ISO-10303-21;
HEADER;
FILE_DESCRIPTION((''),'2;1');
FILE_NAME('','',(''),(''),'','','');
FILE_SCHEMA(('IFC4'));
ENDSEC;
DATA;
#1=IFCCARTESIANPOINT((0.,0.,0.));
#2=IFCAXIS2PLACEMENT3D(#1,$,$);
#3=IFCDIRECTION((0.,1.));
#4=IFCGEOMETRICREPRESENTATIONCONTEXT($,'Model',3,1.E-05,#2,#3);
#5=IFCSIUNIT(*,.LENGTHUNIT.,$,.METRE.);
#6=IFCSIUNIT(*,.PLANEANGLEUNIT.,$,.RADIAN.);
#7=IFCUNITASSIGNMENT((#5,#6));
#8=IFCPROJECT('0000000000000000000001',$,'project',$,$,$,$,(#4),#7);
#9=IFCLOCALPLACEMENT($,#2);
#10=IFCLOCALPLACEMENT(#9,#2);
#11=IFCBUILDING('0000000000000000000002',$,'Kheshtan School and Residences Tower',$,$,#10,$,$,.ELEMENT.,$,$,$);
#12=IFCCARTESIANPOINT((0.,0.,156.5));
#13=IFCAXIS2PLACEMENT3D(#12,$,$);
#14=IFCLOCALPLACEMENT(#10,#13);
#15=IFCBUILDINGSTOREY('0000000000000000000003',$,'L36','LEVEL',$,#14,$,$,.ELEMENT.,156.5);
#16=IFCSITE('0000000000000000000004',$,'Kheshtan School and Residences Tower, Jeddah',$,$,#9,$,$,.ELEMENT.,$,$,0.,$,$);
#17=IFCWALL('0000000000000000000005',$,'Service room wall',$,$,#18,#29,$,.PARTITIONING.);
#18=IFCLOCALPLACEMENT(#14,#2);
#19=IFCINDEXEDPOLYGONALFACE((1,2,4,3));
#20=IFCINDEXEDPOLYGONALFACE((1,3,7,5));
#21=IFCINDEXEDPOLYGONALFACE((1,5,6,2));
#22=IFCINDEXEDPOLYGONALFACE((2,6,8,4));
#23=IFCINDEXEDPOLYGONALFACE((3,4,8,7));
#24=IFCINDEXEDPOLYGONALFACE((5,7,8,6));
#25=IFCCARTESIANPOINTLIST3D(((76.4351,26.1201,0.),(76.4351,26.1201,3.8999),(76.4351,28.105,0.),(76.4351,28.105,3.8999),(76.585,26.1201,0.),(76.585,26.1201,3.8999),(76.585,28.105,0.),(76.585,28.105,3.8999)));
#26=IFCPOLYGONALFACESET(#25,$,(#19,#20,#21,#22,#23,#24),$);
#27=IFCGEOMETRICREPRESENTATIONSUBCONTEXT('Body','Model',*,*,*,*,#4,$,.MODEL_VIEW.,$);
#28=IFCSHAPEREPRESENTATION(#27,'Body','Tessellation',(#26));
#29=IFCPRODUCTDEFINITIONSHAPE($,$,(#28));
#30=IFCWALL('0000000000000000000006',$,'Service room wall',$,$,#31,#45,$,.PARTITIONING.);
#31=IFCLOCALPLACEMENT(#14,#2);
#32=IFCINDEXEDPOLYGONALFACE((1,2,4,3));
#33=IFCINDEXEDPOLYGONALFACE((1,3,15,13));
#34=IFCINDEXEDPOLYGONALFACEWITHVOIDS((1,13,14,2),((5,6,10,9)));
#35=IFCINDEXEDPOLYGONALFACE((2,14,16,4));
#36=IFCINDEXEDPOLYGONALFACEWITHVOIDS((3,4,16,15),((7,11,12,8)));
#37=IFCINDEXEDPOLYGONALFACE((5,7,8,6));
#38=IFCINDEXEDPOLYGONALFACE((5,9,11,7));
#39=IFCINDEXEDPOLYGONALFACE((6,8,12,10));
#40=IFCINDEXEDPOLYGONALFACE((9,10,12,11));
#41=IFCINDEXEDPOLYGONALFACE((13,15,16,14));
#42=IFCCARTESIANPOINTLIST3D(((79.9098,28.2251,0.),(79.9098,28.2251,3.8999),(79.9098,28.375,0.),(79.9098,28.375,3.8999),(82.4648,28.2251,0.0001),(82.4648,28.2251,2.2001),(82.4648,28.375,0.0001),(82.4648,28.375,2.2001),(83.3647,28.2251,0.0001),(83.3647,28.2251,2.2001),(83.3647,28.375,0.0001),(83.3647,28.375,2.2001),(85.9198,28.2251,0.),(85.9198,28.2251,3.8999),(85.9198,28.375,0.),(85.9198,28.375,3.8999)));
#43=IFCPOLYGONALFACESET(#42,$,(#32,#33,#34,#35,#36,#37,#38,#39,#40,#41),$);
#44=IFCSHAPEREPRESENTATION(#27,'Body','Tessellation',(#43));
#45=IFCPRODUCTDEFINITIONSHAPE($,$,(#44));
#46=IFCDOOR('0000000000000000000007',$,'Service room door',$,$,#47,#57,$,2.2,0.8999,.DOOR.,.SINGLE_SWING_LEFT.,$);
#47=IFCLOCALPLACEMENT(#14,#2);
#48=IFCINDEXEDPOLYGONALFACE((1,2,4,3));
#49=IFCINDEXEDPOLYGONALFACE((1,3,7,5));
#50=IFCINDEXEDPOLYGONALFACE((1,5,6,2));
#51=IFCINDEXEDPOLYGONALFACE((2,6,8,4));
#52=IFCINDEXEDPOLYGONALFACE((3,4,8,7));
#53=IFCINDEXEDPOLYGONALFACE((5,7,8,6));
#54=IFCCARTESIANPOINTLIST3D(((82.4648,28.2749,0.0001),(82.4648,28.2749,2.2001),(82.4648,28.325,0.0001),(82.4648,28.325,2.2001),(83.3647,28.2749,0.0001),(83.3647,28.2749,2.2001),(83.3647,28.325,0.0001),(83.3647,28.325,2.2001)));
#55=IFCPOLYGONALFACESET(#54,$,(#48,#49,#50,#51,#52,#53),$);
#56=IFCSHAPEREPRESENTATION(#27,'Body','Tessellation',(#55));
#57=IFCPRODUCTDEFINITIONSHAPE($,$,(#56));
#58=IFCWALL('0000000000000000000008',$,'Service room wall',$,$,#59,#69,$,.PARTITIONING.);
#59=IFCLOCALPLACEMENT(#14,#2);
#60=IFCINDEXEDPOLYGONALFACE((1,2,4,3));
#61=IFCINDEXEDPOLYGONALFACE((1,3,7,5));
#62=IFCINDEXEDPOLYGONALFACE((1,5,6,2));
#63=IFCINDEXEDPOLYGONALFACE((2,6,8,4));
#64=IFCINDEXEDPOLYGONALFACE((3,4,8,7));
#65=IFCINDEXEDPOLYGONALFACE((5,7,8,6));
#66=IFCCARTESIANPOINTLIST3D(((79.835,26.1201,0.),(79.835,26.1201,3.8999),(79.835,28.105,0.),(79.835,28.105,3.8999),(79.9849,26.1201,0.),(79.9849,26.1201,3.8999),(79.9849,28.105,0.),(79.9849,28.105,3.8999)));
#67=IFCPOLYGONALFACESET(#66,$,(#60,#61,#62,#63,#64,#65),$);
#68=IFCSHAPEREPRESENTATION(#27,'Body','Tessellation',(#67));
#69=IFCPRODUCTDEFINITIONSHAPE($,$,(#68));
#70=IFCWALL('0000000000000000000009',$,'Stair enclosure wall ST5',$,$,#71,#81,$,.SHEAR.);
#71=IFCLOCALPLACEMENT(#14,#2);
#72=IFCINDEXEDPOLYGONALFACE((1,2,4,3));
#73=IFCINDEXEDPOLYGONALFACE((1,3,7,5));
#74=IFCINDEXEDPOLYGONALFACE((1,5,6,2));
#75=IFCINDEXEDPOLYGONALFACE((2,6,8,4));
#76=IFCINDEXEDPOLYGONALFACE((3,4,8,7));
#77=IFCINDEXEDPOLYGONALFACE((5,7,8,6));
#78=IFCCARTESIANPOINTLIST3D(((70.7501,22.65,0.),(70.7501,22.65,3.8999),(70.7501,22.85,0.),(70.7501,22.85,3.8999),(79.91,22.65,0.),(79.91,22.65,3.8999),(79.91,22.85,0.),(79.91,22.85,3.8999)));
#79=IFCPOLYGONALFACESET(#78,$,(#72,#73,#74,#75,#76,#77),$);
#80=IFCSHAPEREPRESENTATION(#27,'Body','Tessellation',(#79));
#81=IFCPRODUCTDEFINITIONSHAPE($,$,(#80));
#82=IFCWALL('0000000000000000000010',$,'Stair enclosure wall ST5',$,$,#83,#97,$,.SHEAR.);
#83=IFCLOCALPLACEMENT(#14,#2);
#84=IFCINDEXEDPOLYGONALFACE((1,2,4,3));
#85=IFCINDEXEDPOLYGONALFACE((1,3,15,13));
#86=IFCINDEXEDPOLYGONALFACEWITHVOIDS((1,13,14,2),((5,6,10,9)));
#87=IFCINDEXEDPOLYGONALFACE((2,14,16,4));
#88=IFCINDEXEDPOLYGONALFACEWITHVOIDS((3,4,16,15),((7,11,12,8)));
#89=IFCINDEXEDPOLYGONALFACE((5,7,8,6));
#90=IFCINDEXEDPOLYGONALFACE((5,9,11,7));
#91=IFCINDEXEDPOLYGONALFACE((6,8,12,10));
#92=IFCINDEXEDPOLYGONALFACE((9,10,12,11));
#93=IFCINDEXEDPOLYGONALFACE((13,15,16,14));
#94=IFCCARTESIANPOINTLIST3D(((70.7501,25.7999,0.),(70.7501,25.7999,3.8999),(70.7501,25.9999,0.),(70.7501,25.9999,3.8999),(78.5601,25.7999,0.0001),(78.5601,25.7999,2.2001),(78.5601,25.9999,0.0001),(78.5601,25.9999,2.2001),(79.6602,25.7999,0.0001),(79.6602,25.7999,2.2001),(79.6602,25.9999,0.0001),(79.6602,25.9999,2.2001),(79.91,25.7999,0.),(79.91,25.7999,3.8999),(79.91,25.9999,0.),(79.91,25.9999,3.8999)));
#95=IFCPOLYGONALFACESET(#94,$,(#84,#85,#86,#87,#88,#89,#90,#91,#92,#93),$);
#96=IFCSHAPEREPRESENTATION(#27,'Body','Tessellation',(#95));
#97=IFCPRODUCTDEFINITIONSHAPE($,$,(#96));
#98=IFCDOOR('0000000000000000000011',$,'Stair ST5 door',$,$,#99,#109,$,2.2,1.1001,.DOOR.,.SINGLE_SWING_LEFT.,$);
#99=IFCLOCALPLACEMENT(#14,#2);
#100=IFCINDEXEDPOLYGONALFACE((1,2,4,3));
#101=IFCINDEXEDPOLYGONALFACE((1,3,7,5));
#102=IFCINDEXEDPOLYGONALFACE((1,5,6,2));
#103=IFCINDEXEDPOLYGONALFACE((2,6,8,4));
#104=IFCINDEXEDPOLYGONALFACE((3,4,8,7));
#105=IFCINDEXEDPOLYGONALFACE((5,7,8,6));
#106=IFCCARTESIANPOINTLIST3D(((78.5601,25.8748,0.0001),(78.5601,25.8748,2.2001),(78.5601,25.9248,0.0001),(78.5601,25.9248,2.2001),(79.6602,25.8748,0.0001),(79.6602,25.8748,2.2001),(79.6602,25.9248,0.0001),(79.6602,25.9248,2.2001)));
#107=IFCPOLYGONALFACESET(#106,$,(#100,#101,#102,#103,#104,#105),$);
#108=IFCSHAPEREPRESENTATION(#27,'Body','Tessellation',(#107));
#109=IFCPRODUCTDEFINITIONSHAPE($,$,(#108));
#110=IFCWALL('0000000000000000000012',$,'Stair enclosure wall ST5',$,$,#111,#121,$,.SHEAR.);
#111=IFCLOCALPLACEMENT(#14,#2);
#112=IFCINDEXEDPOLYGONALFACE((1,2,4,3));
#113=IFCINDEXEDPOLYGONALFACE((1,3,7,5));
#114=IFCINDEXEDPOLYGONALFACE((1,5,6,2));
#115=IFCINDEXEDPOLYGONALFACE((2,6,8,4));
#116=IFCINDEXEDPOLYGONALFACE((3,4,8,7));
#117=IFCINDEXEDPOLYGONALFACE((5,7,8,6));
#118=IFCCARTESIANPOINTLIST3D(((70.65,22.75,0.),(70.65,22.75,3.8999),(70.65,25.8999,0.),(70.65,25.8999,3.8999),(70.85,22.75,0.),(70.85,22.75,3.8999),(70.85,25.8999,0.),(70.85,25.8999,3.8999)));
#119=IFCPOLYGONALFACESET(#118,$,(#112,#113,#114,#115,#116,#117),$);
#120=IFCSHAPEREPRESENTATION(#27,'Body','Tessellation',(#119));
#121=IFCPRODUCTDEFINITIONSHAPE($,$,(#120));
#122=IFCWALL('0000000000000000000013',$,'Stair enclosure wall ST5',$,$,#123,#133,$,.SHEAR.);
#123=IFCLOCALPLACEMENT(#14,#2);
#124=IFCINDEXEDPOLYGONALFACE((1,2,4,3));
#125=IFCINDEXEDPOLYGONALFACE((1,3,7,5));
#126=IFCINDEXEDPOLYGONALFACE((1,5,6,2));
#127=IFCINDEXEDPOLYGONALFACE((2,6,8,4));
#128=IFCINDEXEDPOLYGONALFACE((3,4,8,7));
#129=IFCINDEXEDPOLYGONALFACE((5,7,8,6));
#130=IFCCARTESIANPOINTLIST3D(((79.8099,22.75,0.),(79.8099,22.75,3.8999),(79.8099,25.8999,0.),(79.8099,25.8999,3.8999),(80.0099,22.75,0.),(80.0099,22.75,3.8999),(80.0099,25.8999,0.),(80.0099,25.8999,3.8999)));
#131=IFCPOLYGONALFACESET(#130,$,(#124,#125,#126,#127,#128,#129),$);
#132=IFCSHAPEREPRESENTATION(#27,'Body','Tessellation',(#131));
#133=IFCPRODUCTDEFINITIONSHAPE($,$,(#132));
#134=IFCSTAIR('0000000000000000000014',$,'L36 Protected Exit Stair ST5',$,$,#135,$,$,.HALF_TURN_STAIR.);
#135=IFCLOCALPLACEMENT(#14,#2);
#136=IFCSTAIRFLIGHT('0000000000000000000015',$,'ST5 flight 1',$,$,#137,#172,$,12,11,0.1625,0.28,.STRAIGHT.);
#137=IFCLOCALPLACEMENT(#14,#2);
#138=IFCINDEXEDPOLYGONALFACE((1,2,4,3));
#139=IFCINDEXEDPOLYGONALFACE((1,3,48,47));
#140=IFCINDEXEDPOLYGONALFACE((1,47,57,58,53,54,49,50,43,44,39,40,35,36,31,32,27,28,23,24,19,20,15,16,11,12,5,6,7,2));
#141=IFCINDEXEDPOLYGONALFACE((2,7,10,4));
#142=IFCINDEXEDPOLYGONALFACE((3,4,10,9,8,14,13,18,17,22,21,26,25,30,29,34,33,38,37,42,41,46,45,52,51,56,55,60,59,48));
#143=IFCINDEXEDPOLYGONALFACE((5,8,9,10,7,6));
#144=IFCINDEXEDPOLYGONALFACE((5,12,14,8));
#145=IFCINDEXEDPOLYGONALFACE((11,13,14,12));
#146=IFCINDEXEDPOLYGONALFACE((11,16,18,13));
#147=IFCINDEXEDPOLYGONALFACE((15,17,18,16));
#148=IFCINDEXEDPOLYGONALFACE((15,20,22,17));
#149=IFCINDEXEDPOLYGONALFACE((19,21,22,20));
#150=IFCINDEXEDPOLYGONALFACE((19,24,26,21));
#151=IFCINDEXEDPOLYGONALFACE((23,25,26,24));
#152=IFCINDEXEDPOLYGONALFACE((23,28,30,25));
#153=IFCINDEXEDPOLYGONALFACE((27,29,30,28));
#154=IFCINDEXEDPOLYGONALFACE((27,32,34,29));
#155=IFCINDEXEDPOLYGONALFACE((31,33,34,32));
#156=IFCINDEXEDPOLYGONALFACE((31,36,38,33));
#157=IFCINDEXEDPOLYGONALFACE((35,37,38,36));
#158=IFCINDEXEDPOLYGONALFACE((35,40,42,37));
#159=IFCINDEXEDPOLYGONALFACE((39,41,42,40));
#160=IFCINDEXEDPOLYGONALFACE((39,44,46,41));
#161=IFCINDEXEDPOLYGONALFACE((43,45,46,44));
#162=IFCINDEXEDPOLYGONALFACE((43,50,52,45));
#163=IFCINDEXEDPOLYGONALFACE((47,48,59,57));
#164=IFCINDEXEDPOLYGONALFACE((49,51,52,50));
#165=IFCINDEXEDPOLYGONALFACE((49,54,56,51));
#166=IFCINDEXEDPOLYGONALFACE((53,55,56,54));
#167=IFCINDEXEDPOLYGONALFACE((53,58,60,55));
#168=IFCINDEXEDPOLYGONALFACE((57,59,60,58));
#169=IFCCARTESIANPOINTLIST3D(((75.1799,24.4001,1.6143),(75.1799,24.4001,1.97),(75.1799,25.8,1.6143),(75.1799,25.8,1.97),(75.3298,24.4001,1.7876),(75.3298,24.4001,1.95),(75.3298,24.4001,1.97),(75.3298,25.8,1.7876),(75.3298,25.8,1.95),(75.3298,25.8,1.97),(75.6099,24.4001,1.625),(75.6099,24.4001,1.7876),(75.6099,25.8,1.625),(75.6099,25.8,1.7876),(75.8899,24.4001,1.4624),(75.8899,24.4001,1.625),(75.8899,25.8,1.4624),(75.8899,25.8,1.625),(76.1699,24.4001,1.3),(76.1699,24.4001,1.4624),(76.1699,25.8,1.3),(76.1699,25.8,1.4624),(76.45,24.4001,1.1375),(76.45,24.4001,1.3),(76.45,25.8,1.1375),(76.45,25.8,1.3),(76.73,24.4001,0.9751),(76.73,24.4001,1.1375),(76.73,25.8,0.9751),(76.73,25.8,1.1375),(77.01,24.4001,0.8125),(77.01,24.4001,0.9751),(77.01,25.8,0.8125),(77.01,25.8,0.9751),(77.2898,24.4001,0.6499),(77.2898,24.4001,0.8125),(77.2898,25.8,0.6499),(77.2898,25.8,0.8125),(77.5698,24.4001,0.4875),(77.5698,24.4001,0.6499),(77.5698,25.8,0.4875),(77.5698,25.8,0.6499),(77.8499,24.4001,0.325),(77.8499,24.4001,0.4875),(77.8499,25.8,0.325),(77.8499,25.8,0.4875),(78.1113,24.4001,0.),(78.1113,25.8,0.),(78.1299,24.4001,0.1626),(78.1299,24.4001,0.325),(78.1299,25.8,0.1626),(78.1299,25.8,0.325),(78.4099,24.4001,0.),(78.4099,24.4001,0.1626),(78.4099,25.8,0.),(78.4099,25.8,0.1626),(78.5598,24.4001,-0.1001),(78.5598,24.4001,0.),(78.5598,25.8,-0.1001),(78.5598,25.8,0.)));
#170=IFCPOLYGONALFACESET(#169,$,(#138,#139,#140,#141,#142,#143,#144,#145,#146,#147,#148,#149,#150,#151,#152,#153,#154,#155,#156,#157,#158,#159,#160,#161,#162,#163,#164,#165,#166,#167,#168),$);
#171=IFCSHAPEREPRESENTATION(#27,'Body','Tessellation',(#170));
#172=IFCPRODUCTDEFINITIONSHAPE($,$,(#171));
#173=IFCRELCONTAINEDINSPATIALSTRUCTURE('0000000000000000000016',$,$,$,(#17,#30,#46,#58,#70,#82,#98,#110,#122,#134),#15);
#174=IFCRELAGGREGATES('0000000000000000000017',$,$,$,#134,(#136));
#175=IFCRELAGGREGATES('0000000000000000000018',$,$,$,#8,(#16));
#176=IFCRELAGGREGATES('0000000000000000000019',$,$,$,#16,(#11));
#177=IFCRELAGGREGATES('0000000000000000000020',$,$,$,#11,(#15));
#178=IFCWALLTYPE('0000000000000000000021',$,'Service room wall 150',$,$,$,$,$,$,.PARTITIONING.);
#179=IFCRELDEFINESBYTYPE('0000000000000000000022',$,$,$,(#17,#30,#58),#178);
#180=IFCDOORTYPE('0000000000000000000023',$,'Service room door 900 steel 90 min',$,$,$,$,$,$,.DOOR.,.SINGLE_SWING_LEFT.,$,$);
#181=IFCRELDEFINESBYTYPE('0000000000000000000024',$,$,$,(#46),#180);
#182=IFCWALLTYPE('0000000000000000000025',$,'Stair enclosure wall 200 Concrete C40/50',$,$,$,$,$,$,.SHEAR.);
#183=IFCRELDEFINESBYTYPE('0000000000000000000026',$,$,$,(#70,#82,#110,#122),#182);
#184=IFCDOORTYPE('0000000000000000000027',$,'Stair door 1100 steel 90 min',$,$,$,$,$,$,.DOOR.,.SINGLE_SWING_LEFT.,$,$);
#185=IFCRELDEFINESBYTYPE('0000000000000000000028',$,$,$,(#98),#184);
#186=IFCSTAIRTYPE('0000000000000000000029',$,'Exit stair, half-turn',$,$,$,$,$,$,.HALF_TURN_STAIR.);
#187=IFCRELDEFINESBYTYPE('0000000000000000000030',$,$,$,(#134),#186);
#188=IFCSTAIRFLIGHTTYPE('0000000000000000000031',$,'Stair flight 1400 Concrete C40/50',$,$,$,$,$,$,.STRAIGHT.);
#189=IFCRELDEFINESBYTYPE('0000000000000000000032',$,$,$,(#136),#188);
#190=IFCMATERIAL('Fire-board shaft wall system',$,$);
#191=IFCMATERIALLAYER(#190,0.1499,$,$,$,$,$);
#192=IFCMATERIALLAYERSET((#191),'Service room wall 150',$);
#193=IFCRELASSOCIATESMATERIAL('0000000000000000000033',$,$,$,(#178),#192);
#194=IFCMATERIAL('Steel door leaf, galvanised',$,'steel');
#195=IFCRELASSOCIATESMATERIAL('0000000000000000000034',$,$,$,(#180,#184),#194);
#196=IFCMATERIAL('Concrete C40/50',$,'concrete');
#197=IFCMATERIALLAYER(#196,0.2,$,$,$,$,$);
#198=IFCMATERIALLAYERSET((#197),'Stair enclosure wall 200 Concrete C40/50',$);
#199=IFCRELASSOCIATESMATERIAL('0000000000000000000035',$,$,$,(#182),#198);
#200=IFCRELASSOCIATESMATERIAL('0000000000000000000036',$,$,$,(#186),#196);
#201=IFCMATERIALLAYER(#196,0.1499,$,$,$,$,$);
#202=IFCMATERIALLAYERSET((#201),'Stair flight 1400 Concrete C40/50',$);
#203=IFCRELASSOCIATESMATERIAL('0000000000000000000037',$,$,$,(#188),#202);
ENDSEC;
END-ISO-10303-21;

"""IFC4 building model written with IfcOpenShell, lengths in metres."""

from ifc_helpers import new_model, si_unit, direction, frame, frame_2d, origin, place, context, subcontext, project, spatial, polyline, rectangle, outline, extrude, source, transform, mapped, material, layer, layer_set, type_object, element, fill, aggregate, save


model = new_model("IFC4")

# Units and contexts
model_context = context("Model", 3, precision=1e-05, world=origin(), true_north=direction((0.0, 1.0)))
body_context = subcontext(model_context, "Body", "Model", "MODEL_VIEW")
ifc_project = project(units=[si_unit("LENGTHUNIT", "METRE"), si_unit("PLANEANGLEUNIT", "RADIAN")], contexts=[model_context])

# Site, building, storey
site_placement = place(None, origin())
site = spatial("IfcSite", under=ifc_project, at=site_placement, Name="Kheshtan School and Residences Tower, Jeddah", CompositionType="ELEMENT", RefElevation=0.0)
building_placement = place(site_placement, origin())
building = spatial("IfcBuilding", under=site, at=building_placement, Name="Kheshtan School and Residences Tower", CompositionType="ELEMENT")
storey_placement = place(building_placement, frame((0.0, 0.0, 156.5)))
storey = spatial("IfcBuildingStorey", under=building, at=storey_placement, Name="L36", Description="LEVEL", CompositionType="ELEMENT", Elevation=156.5)

# Shared definitions
ifc_material_1 = material(Name="Fire-board shaft wall system")
ifc_layer_1 = layer(ifc_material_1, 0.1499)
ifc_layer_set_1 = layer_set([ifc_layer_1], Name="Service room wall 150")
wall_type_1 = type_object("IfcWallType", Name="Service room wall 150", PredefinedType="PARTITIONING", material=ifc_layer_set_1)
ifc_material_2 = material(Name="Steel door leaf, galvanised", Category="steel")
door_type_1 = type_object("IfcDoorType", Name="Service room door 900 steel 90 min", OperationType="SINGLE_SWING_LEFT", PredefinedType="DOOR", material=ifc_material_2)
shared_shape_1 = source(origin(), body_context, "Body", "SweptSolid", [
    extrude(rectangle(XDim=0.8999, YDim=2.2, at=frame_2d((0.45, 1.1001))), frame((0.0, 0.0249, 0.0), z_axis=(0.0, -1.0, 0.0), x_axis=(1.0, 0.0, 0.0)), (0.0, 0.0, 1.0), 0.05),
])

# Wall
for number, where, z_axis, x_axis, name in (
    (1, (76.51, 26.1201, 0.0), (0.0, 0.0, 1.0), (0.0, 1.0, 0.0), "Service room wall"),
):
    element("IfcWall", number, at=place(storey_placement, frame(where, z_axis=z_axis, x_axis=x_axis)), inside=storey, type_object=wall_type_1, Name=name, PredefinedType="PARTITIONING", context=body_context, shape_type="SweptSolid", body=[
        extrude(rectangle(XDim=1.9849, YDim=0.1499, at=frame_2d((0.9924, 0.0))), origin(), (0.0, 0.0, 1.0), 3.8999),
    ])

# Wall, opening, door
wall_1_placement = place(storey_placement, frame((79.9099, 28.3, 0.0), z_axis=(0.0, 0.0, 1.0), x_axis=(1.0, 0.0, 0.0)))
wall_1 = element("IfcWall", 2, at=wall_1_placement, inside=storey, type_object=wall_type_1, Name="Service room wall", PredefinedType="PARTITIONING", context=body_context, shape_type="SweptSolid", body=[
    extrude(rectangle(XDim=6.01, YDim=0.1499, at=frame_2d((3.0049, 0.0))), origin(), (0.0, 0.0, 1.0), 3.8999),
])
opening_1_placement = place(wall_1_placement, frame((2.5549, 0.0, 0.0)))
opening_1 = element("IfcOpeningElement", 3, at=opening_1_placement, cuts=wall_1, PredefinedType="OPENING", context=body_context, shape_type="SweptSolid", body=[
    extrude(rectangle(XDim=0.8999, YDim=2.2, at=frame_2d((0.45, 1.1001))), frame((0.0, 0.085, 0.0), z_axis=(0.0, -1.0, 0.0), x_axis=(1.0, 0.0, 0.0)), (0.0, 0.0, 1.0), 0.1699),
])
door_1_placement = place(opening_1_placement, origin())
door_1 = element("IfcDoor", 4, at=door_1_placement, inside=storey, type_object=door_type_1, Name="Service room door", OperationType="SINGLE_SWING_LEFT", OverallHeight=2.2, OverallWidth=0.8999, PredefinedType="DOOR", context=body_context, shape_type="MappedRepresentation", body=[
    mapped(shared_shape_1, transform((0.0, 0.0, 0.0), x_axis=(1.0, 0.0, 0.0), y_axis=(0.0, 1.0, 0.0), z_axis=(0.0, 0.0, 1.0), scale=1.0)),
])
fill(opening_1, door_1)

# Walls
wall_2_placement = place(storey_placement, frame((79.9099, 26.1201, 0.0), z_axis=(0.0, 0.0, 1.0), x_axis=(0.0, 1.0, 0.0)))
element("IfcWall", 5, at=wall_2_placement, inside=storey, type_object=wall_type_1, Name="Service room wall", PredefinedType="PARTITIONING", context=body_context, shape_type="SweptSolid", body=[
    extrude(rectangle(XDim=1.9849, YDim=0.1499, at=frame_2d((0.9924, 0.0))), origin(), (0.0, 0.0, 1.0), 3.8999),
])
ifc_material_3 = material(Name="Concrete C40/50", Category="concrete")
ifc_layer_2 = layer(ifc_material_3, 0.2)
ifc_layer_set_2 = layer_set([ifc_layer_2], Name="Stair enclosure wall 200 Concrete C40/50")
wall_type_2 = type_object("IfcWallType", Name="Stair enclosure wall 200 Concrete C40/50", PredefinedType="SHEAR", material=ifc_layer_set_2)
wall_3_placement = place(storey_placement, frame((70.75, 22.75, 0.0), z_axis=(0.0, 0.0, 1.0), x_axis=(1.0, 0.0, 0.0)))
element("IfcWall", 6, at=wall_3_placement, inside=storey, type_object=wall_type_2, Name="Stair enclosure wall ST5", PredefinedType="SHEAR", context=body_context, shape_type="SweptSolid", body=[
    extrude(rectangle(XDim=9.1599, YDim=0.2, at=frame_2d((4.5801, 0.0))), origin(), (0.0, 0.0, 1.0), 3.8999),
])

# Wall, opening, door
wall_4_placement = place(storey_placement, frame((70.75, 25.8999, 0.0), z_axis=(0.0, 0.0, 1.0), x_axis=(1.0, 0.0, 0.0)))
wall_4 = element("IfcWall", 7, at=wall_4_placement, inside=storey, type_object=wall_type_2, Name="Stair enclosure wall ST5", PredefinedType="SHEAR", context=body_context, shape_type="SweptSolid", body=[
    extrude(rectangle(XDim=9.1599, YDim=0.2, at=frame_2d((4.5801, 0.0))), origin(), (0.0, 0.0, 1.0), 3.8999),
])
opening_2_placement = place(wall_4_placement, frame((7.8101, 0.0, 0.0)))
opening_2 = element("IfcOpeningElement", 8, at=opening_2_placement, cuts=wall_4, PredefinedType="OPENING", context=body_context, shape_type="SweptSolid", body=[
    extrude(rectangle(XDim=1.1001, YDim=2.2, at=frame_2d((0.55, 1.1001))), frame((0.0, 0.1099, 0.0), z_axis=(0.0, -1.0, 0.0), x_axis=(1.0, 0.0, 0.0)), (0.0, 0.0, 1.0), 0.22),
])
door_type_2 = type_object("IfcDoorType", Name="Stair door 1100 steel 90 min", OperationType="SINGLE_SWING_LEFT", PredefinedType="DOOR", material=ifc_material_2)
shared_shape_2 = source(origin(), body_context, "Body", "SweptSolid", [
    extrude(rectangle(XDim=1.1001, YDim=2.2, at=frame_2d((0.55, 1.1001))), frame((0.0, 0.0249, 0.0), z_axis=(0.0, -1.0, 0.0), x_axis=(1.0, 0.0, 0.0)), (0.0, 0.0, 1.0), 0.05),
])
door_2_placement = place(opening_2_placement, origin())
door_2 = element("IfcDoor", 9, at=door_2_placement, inside=storey, type_object=door_type_2, Name="Stair ST5 door", OperationType="SINGLE_SWING_LEFT", OverallHeight=2.2, OverallWidth=1.1001, PredefinedType="DOOR", context=body_context, shape_type="MappedRepresentation", body=[
    mapped(shared_shape_2, transform((0.0, 0.0, 0.0), x_axis=(1.0, 0.0, 0.0), y_axis=(0.0, 1.0, 0.0), z_axis=(0.0, 0.0, 1.0), scale=1.0)),
])
fill(opening_2, door_2)

# Walls
for number, where, z_axis, x_axis, name in (
    (10, (70.75, 22.75, 0.0), (0.0, 0.0, 1.0), (0.0, 1.0, 0.0), "Stair enclosure wall ST5"),
    (11, (79.9099, 22.75, 0.0), (0.0, 0.0, 1.0), (0.0, 1.0, 0.0), "Stair enclosure wall ST5"),
):
    element("IfcWall", number, at=place(storey_placement, frame(where, z_axis=z_axis, x_axis=x_axis)), inside=storey, type_object=wall_type_2, Name=name, PredefinedType="SHEAR", context=body_context, shape_type="SweptSolid", body=[
        extrude(rectangle(XDim=3.1499, YDim=0.2, at=frame_2d((1.575, 0.0))), origin(), (0.0, 0.0, 1.0), 3.8999),
    ])

# Stair, stair flight
stair_type = type_object("IfcStairType", Name="Exit stair, half-turn", PredefinedType="HALF_TURN_STAIR", material=ifc_material_3)
stair_placement = place(storey_placement, origin())
stair = element("IfcStair", 12, at=stair_placement, inside=storey, type_object=stair_type, Name="L36 Protected Exit Stair ST5", PredefinedType="HALF_TURN_STAIR")
ifc_layer_3 = layer(ifc_material_3, 0.1499)
ifc_layer_set_3 = layer_set([ifc_layer_3], Name="Stair flight 1400 Concrete C40/50")
stair_flight_type = type_object("IfcStairFlightType", Name="Stair flight 1400 Concrete C40/50", PredefinedType="STRAIGHT", material=ifc_layer_set_3)
stair_flight_1_placement = place(storey_placement, frame((78.4099, 25.1001, 0.0), z_axis=(0.0, 0.0, 1.0), x_axis=(-1.0, 0.0, 0.0)))
stair_flight_1 = element("IfcStairFlight", 13, at=stair_flight_1_placement, type_object=stair_flight_type, Name="ST5 flight 1", NumberOfRisers=12, NumberOfTreads=11, PredefinedType="STRAIGHT", RiserHeight=0.1625, TreadLength=0.28, context=body_context, shape_type="SweptSolid", body=[
    extrude(outline(polyline([(-0.1499, -0.1001), (-0.1499, 0.0), (0.0, 0.0), (0.0, 0.1626), (0.28, 0.1626), (0.28, 0.325), (0.5601, 0.325), (0.5601, 0.4875), (0.8401, 0.4875), (0.8401, 0.6499), (1.1201, 0.6499), (1.1201, 0.8125), (1.3999, 0.8125), (1.3999, 0.9751), (1.6799, 0.9751), (1.6799, 1.1375), (1.96, 1.1375), (1.96, 1.3), (2.24, 1.3), (2.24, 1.4624), (2.52, 1.4624), (2.52, 1.625), (2.8, 1.625), (2.8, 1.7876), (3.0801, 1.7876), (3.0801, 1.95), (3.0801, 1.97), (3.23, 1.97), (3.23, 1.6143), (0.2986, 0.0), (-0.1499, -0.1001)])), frame((0.0, 0.7, 0.0), z_axis=(0.0, -1.0, 0.0), x_axis=(1.0, 0.0, 0.0)), (0.0, 0.0, 1.0), 1.3999),
])
aggregate(stair, [stair_flight_1])

save(model, "model.ifc")
